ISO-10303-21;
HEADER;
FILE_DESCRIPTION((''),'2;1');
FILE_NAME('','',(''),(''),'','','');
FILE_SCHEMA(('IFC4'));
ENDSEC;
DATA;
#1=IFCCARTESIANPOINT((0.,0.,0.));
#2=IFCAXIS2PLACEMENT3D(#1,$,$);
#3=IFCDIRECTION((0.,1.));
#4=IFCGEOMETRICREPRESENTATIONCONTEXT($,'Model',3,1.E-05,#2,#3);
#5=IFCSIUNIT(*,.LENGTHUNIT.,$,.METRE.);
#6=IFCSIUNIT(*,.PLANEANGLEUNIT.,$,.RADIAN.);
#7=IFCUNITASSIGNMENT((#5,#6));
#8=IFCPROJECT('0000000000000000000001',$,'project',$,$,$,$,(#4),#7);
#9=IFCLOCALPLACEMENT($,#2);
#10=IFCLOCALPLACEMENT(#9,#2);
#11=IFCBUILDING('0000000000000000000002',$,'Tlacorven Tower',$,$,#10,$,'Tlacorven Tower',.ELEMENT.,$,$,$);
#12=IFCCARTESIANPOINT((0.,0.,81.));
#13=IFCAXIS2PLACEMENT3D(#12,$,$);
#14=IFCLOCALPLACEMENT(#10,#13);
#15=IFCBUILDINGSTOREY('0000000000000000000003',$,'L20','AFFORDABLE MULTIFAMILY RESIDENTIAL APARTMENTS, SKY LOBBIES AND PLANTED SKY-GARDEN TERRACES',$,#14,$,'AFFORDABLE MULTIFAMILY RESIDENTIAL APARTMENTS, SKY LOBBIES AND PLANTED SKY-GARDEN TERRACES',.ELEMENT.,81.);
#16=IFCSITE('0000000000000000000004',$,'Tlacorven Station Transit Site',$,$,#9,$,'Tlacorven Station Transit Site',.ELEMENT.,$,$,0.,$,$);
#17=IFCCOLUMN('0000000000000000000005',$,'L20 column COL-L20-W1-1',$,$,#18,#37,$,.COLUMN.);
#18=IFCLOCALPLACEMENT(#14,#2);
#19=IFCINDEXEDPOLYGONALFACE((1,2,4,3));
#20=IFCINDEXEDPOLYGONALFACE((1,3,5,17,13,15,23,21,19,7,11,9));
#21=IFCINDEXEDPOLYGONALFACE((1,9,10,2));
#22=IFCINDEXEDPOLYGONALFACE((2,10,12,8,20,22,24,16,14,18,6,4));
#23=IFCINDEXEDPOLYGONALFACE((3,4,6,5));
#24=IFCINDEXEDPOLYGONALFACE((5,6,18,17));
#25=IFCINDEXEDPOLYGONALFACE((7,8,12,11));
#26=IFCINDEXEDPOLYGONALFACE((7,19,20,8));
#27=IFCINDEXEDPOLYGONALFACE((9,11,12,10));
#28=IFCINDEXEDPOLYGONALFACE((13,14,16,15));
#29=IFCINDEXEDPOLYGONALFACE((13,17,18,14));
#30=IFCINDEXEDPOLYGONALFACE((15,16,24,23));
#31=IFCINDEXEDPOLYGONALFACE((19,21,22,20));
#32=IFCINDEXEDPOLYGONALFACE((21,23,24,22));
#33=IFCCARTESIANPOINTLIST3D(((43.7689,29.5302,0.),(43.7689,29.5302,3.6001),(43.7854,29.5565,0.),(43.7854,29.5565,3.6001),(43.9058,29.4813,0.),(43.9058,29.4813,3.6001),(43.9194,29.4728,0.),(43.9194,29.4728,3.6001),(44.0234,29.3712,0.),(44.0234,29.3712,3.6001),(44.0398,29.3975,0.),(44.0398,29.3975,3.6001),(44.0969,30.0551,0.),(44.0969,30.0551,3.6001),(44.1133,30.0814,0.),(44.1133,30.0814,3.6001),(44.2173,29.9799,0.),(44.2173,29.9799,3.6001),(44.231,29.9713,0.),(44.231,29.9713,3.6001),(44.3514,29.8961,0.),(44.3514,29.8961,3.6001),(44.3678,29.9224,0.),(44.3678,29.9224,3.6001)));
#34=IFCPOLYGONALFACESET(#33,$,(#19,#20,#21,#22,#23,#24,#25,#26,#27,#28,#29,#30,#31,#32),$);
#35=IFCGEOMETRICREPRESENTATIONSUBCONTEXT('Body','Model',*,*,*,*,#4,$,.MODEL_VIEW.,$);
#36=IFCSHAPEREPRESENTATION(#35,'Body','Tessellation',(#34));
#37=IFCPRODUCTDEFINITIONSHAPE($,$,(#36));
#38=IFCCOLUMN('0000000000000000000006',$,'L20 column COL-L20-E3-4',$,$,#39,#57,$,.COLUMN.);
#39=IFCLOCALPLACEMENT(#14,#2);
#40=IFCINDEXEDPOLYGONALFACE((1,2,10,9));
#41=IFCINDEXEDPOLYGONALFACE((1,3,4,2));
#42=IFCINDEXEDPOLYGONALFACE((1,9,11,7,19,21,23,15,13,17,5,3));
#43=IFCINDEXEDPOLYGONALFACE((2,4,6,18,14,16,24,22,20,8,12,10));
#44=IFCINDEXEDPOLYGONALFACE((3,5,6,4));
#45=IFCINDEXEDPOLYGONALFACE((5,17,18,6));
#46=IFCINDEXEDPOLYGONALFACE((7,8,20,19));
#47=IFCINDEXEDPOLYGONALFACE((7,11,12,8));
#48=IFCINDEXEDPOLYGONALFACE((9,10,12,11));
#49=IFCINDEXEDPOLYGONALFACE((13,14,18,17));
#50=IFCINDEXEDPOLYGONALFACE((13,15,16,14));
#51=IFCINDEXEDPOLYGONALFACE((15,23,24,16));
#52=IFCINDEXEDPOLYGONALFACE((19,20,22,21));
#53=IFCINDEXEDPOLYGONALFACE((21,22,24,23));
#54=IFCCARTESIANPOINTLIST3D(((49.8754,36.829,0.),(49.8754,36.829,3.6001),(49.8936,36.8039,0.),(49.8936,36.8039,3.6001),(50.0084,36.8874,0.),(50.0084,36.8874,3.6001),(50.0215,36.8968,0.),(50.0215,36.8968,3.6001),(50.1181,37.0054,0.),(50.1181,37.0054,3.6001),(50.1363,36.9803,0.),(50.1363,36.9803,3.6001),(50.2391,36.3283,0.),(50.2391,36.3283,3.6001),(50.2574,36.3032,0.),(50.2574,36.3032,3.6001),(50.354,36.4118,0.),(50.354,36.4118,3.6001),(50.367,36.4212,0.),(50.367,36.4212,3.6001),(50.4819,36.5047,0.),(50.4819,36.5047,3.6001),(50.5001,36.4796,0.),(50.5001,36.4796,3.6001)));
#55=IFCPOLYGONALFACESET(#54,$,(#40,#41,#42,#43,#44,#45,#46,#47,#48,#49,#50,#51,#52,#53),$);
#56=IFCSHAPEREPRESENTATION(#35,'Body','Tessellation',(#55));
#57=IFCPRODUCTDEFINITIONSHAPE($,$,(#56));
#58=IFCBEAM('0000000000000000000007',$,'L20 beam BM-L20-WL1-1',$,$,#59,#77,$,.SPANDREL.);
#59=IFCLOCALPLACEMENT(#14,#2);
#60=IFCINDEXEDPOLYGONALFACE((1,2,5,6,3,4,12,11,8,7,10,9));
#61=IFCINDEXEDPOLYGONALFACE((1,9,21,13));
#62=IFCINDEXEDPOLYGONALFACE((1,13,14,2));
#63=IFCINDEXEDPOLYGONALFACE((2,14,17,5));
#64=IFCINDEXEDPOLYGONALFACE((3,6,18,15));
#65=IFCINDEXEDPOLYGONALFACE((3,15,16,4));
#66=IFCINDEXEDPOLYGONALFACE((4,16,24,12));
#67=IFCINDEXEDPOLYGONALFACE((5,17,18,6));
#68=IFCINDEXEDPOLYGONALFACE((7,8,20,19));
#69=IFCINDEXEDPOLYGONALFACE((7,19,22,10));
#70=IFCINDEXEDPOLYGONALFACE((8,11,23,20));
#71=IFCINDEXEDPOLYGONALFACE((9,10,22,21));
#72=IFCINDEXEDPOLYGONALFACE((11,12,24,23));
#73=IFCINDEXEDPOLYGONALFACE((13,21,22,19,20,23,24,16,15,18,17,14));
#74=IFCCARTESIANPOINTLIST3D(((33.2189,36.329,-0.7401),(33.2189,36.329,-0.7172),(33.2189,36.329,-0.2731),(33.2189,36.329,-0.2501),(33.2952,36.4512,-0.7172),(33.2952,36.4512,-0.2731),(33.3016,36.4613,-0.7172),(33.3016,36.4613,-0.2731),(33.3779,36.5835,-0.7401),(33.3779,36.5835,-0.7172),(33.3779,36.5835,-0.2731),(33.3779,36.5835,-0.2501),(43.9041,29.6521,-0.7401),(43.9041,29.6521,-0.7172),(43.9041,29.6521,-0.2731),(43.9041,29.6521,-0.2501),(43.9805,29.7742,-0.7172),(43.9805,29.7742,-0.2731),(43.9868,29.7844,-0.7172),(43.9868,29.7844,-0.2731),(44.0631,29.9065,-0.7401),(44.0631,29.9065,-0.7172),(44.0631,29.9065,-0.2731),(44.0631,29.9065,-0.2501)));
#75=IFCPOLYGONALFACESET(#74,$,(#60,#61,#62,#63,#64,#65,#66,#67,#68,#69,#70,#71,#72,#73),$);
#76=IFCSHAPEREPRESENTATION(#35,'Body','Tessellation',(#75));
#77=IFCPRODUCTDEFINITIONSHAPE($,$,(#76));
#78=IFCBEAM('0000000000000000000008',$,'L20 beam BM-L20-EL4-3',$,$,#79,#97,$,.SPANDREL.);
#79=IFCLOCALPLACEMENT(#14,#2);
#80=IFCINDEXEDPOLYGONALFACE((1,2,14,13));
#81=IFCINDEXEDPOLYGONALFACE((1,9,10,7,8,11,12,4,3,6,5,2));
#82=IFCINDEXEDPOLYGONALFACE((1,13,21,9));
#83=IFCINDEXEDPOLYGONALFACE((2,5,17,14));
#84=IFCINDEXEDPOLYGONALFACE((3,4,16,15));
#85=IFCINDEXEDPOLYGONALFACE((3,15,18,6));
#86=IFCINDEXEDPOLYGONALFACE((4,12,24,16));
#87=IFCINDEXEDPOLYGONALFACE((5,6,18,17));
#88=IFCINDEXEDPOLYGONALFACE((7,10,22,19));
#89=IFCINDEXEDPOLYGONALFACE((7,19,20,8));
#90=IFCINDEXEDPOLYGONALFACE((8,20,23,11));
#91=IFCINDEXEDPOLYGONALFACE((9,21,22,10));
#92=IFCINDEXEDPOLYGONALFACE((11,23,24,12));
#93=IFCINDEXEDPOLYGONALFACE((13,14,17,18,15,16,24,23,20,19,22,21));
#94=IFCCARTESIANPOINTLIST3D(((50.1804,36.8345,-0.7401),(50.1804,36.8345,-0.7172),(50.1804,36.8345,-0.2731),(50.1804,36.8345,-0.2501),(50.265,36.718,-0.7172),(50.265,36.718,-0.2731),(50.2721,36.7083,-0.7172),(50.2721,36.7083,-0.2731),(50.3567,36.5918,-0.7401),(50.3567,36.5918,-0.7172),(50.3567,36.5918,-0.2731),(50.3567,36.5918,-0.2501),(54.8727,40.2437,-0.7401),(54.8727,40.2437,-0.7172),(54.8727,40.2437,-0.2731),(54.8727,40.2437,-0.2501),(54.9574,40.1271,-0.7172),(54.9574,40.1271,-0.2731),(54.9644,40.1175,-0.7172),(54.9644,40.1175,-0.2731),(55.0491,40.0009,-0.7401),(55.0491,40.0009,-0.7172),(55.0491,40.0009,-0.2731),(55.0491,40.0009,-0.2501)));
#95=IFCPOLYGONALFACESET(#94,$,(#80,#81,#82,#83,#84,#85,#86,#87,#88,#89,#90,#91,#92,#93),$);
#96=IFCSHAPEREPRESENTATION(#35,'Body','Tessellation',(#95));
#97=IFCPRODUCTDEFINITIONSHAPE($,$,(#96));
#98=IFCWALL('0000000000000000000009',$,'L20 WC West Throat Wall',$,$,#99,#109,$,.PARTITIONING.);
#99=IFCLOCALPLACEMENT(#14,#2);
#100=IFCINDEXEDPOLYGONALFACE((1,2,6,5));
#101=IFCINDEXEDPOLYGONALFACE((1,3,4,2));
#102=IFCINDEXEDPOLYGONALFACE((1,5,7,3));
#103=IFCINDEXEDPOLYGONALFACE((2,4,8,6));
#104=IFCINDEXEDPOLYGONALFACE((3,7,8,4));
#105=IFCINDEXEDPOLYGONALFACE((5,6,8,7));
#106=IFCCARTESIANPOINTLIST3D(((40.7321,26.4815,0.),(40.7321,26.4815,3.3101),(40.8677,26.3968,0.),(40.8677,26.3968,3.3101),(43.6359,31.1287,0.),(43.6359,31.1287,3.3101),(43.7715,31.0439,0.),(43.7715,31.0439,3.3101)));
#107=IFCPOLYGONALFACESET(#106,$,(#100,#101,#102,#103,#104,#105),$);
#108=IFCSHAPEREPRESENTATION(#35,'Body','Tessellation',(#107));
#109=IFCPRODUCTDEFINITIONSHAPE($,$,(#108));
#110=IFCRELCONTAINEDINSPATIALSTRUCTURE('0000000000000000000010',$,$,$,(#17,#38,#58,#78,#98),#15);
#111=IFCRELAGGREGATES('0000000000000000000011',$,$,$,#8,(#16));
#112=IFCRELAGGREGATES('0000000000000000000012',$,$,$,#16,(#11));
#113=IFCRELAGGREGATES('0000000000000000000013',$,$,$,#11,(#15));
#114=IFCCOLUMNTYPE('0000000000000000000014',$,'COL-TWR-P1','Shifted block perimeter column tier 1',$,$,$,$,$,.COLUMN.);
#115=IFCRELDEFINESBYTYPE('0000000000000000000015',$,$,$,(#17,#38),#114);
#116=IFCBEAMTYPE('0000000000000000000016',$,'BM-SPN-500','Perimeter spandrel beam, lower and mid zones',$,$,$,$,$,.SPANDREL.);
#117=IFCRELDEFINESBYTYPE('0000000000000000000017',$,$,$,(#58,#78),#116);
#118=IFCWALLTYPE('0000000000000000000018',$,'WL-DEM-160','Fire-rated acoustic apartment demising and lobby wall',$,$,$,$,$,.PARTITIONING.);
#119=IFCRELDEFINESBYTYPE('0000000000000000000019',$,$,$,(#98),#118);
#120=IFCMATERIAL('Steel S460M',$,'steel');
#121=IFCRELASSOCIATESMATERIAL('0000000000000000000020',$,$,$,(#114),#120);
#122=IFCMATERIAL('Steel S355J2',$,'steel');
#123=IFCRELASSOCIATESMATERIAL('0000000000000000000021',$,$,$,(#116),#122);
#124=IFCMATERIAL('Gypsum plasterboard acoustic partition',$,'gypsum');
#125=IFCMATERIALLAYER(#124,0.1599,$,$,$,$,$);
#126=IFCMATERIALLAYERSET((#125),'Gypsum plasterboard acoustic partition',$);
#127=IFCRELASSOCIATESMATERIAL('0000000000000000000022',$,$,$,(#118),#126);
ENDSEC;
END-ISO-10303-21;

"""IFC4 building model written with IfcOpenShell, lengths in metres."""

from ifc_helpers import new_model, si_unit, direction, frame, frame_2d, origin, origin_2d, place, context, subcontext, project, spatial, rectangle, i_section, extrude, source, transform, mapped, material, layer, layer_set, material_profile, profile_set, type_object, element, save


model = new_model("IFC4")

# Units and contexts
model_context = context("Model", 3, precision=1e-05, world=origin(), true_north=direction((0.0, 1.0)))
body_context = subcontext(model_context, "Body", "Model", "MODEL_VIEW")
ifc_project = project(units=[si_unit("LENGTHUNIT", "METRE"), si_unit("PLANEANGLEUNIT", "RADIAN")], contexts=[model_context])

# Site, building, storey
site_placement = place(None, origin())
site = spatial("IfcSite", under=ifc_project, at=site_placement, Name="Tlacorven Station Transit Site", LongName="Tlacorven Station Transit Site", CompositionType="ELEMENT", RefElevation=0.0)
building_placement = place(site_placement, origin())
building = spatial("IfcBuilding", under=site, at=building_placement, Name="Tlacorven Tower", LongName="Tlacorven Tower", CompositionType="ELEMENT")
storey_placement = place(building_placement, frame((0.0, 0.0, 81.0)))
storey = spatial("IfcBuildingStorey", under=building, at=storey_placement, Name="L20", Description="AFFORDABLE MULTIFAMILY RESIDENTIAL APARTMENTS, SKY LOBBIES AND PLANTED SKY-GARDEN TERRACES", LongName="AFFORDABLE MULTIFAMILY RESIDENTIAL APARTMENTS, SKY LOBBIES AND PLANTED SKY-GARDEN TERRACES", CompositionType="ELEMENT", Elevation=81.0)

# Columns
ifc_material_1 = material(Name="Steel S460M", Category="steel")
ifc_material_profile_1 = material_profile(ifc_material_1, i_section(OverallWidth=0.3, OverallDepth=0.6499, WebThickness=0.0161, FlangeThickness=0.031, at=origin_2d()), Name="HEB 650")
ifc_profile_set_1 = profile_set([ifc_material_profile_1], Name="Steel S460M")
column_type = type_object("IfcColumnType", Name="COL-TWR-P1", Description="Shifted block perimeter column tier 1", PredefinedType="COLUMN", material=ifc_profile_set_1)
shared_shape_1 = source(origin(), body_context, "Body", "SweptSolid", [
    extrude(i_section(OverallWidth=0.3, OverallDepth=0.6499, WebThickness=0.0161, FlangeThickness=0.031, at=origin_2d()), origin(), (0.0, 0.0, 1.0), 3.6001),
])
for number, where, z_axis, x_axis, name in (
    (1, (44.0684, 29.7263, 0.0), (0.0, 0.0, 1.0), (-0.848048, 0.529919, 0.0), "L20 column COL-L20-W1-1"),
    (2, (50.1877, 36.6543, 0.0), (0.0, 0.0, 1.0), (0.809017, 0.587785, 0.0), "L20 column COL-L20-E3-4"),
):
    element("IfcColumn", number, at=place(storey_placement, frame(where, z_axis=z_axis, x_axis=x_axis)), inside=storey, type_object=column_type, Name=name, PredefinedType="COLUMN", context=body_context, shape_type="MappedRepresentation", body=[
        mapped(shared_shape_1, transform((0.0, 0.0, 0.0), scale=1.0)),
    ])

# Beams
ifc_material_2 = material(Name="Steel S355J2", Category="steel")
ifc_material_profile_2 = material_profile(ifc_material_2, i_section(OverallWidth=0.3, OverallDepth=0.49, WebThickness=0.012, FlangeThickness=0.0229, at=origin_2d()), Name="HEA 500")
ifc_profile_set_2 = profile_set([ifc_material_profile_2], Name="Steel S355J2")
beam_type = type_object("IfcBeamType", Name="BM-SPN-500", Description="Perimeter spandrel beam, lower and mid zones", PredefinedType="SPANDREL", material=ifc_profile_set_2)
shared_shape_2 = source(origin(), body_context, "Body", "SweptSolid", [
    extrude(i_section(OverallWidth=0.3, OverallDepth=0.49, WebThickness=0.012, FlangeThickness=0.0229, at=origin_2d()), origin(), (0.0, 0.0, 1.0), 12.5999),
])
beam_1_placement = place(storey_placement, frame((43.9836, 29.7793, -0.4951), z_axis=(-0.848045, 0.529924, 0.0), x_axis=(-0.529924, -0.848045, 0.0)))
element("IfcBeam", 3, at=beam_1_placement, inside=storey, type_object=beam_type, Name="L20 beam BM-L20-WL1-1", PredefinedType="SPANDREL", context=body_context, shape_type="MappedRepresentation", body=[
    mapped(shared_shape_2, transform((0.0, 0.0, 0.0), scale=1.0)),
])
shared_shape_3 = source(origin(), body_context, "Body", "SweptSolid", [
    extrude(i_section(OverallWidth=0.3, OverallDepth=0.49, WebThickness=0.012, FlangeThickness=0.0229, at=origin_2d()), origin(), (0.0, 0.0, 1.0), 5.8),
])
beam_2_placement = place(storey_placement, frame((50.2686, 36.7131, -0.4951), z_axis=(0.80902, 0.587781, 0.0), x_axis=(-0.587781, 0.80902, 0.0)))
element("IfcBeam", 4, at=beam_2_placement, inside=storey, type_object=beam_type, Name="L20 beam BM-L20-EL4-3", PredefinedType="SPANDREL", context=body_context, shape_type="MappedRepresentation", body=[
    mapped(shared_shape_3, transform((0.0, 0.0, 0.0), scale=1.0)),
])

# Wall
ifc_material_3 = material(Name="Gypsum plasterboard acoustic partition", Category="gypsum")
ifc_layer_1 = layer(ifc_material_3, 0.1599)
ifc_layer_set_1 = layer_set([ifc_layer_1], Name="Gypsum plasterboard acoustic partition")
wall_type_1 = type_object("IfcWallType", Name="WL-DEM-160", Description="Fire-rated acoustic apartment demising and lobby wall", PredefinedType="PARTITIONING", material=ifc_layer_set_1)
wall_1_placement = place(storey_placement, frame((43.7036, 31.0862, 0.0), z_axis=(0.0, 0.0, 1.0), x_axis=(-0.529907, -0.848056, 0.0)))
element("IfcWall", 5, at=wall_1_placement, inside=storey, type_object=wall_type_1, Name="L20 WC West Throat Wall", PredefinedType="PARTITIONING", context=body_context, shape_type="SweptSolid", body=[
    extrude(rectangle(XDim=5.4797, YDim=0.1599, at=frame_2d((2.7397, 0.0))), origin(), (0.0, 0.0, 1.0), 3.3101),
])

save(model, "model.ifc")
